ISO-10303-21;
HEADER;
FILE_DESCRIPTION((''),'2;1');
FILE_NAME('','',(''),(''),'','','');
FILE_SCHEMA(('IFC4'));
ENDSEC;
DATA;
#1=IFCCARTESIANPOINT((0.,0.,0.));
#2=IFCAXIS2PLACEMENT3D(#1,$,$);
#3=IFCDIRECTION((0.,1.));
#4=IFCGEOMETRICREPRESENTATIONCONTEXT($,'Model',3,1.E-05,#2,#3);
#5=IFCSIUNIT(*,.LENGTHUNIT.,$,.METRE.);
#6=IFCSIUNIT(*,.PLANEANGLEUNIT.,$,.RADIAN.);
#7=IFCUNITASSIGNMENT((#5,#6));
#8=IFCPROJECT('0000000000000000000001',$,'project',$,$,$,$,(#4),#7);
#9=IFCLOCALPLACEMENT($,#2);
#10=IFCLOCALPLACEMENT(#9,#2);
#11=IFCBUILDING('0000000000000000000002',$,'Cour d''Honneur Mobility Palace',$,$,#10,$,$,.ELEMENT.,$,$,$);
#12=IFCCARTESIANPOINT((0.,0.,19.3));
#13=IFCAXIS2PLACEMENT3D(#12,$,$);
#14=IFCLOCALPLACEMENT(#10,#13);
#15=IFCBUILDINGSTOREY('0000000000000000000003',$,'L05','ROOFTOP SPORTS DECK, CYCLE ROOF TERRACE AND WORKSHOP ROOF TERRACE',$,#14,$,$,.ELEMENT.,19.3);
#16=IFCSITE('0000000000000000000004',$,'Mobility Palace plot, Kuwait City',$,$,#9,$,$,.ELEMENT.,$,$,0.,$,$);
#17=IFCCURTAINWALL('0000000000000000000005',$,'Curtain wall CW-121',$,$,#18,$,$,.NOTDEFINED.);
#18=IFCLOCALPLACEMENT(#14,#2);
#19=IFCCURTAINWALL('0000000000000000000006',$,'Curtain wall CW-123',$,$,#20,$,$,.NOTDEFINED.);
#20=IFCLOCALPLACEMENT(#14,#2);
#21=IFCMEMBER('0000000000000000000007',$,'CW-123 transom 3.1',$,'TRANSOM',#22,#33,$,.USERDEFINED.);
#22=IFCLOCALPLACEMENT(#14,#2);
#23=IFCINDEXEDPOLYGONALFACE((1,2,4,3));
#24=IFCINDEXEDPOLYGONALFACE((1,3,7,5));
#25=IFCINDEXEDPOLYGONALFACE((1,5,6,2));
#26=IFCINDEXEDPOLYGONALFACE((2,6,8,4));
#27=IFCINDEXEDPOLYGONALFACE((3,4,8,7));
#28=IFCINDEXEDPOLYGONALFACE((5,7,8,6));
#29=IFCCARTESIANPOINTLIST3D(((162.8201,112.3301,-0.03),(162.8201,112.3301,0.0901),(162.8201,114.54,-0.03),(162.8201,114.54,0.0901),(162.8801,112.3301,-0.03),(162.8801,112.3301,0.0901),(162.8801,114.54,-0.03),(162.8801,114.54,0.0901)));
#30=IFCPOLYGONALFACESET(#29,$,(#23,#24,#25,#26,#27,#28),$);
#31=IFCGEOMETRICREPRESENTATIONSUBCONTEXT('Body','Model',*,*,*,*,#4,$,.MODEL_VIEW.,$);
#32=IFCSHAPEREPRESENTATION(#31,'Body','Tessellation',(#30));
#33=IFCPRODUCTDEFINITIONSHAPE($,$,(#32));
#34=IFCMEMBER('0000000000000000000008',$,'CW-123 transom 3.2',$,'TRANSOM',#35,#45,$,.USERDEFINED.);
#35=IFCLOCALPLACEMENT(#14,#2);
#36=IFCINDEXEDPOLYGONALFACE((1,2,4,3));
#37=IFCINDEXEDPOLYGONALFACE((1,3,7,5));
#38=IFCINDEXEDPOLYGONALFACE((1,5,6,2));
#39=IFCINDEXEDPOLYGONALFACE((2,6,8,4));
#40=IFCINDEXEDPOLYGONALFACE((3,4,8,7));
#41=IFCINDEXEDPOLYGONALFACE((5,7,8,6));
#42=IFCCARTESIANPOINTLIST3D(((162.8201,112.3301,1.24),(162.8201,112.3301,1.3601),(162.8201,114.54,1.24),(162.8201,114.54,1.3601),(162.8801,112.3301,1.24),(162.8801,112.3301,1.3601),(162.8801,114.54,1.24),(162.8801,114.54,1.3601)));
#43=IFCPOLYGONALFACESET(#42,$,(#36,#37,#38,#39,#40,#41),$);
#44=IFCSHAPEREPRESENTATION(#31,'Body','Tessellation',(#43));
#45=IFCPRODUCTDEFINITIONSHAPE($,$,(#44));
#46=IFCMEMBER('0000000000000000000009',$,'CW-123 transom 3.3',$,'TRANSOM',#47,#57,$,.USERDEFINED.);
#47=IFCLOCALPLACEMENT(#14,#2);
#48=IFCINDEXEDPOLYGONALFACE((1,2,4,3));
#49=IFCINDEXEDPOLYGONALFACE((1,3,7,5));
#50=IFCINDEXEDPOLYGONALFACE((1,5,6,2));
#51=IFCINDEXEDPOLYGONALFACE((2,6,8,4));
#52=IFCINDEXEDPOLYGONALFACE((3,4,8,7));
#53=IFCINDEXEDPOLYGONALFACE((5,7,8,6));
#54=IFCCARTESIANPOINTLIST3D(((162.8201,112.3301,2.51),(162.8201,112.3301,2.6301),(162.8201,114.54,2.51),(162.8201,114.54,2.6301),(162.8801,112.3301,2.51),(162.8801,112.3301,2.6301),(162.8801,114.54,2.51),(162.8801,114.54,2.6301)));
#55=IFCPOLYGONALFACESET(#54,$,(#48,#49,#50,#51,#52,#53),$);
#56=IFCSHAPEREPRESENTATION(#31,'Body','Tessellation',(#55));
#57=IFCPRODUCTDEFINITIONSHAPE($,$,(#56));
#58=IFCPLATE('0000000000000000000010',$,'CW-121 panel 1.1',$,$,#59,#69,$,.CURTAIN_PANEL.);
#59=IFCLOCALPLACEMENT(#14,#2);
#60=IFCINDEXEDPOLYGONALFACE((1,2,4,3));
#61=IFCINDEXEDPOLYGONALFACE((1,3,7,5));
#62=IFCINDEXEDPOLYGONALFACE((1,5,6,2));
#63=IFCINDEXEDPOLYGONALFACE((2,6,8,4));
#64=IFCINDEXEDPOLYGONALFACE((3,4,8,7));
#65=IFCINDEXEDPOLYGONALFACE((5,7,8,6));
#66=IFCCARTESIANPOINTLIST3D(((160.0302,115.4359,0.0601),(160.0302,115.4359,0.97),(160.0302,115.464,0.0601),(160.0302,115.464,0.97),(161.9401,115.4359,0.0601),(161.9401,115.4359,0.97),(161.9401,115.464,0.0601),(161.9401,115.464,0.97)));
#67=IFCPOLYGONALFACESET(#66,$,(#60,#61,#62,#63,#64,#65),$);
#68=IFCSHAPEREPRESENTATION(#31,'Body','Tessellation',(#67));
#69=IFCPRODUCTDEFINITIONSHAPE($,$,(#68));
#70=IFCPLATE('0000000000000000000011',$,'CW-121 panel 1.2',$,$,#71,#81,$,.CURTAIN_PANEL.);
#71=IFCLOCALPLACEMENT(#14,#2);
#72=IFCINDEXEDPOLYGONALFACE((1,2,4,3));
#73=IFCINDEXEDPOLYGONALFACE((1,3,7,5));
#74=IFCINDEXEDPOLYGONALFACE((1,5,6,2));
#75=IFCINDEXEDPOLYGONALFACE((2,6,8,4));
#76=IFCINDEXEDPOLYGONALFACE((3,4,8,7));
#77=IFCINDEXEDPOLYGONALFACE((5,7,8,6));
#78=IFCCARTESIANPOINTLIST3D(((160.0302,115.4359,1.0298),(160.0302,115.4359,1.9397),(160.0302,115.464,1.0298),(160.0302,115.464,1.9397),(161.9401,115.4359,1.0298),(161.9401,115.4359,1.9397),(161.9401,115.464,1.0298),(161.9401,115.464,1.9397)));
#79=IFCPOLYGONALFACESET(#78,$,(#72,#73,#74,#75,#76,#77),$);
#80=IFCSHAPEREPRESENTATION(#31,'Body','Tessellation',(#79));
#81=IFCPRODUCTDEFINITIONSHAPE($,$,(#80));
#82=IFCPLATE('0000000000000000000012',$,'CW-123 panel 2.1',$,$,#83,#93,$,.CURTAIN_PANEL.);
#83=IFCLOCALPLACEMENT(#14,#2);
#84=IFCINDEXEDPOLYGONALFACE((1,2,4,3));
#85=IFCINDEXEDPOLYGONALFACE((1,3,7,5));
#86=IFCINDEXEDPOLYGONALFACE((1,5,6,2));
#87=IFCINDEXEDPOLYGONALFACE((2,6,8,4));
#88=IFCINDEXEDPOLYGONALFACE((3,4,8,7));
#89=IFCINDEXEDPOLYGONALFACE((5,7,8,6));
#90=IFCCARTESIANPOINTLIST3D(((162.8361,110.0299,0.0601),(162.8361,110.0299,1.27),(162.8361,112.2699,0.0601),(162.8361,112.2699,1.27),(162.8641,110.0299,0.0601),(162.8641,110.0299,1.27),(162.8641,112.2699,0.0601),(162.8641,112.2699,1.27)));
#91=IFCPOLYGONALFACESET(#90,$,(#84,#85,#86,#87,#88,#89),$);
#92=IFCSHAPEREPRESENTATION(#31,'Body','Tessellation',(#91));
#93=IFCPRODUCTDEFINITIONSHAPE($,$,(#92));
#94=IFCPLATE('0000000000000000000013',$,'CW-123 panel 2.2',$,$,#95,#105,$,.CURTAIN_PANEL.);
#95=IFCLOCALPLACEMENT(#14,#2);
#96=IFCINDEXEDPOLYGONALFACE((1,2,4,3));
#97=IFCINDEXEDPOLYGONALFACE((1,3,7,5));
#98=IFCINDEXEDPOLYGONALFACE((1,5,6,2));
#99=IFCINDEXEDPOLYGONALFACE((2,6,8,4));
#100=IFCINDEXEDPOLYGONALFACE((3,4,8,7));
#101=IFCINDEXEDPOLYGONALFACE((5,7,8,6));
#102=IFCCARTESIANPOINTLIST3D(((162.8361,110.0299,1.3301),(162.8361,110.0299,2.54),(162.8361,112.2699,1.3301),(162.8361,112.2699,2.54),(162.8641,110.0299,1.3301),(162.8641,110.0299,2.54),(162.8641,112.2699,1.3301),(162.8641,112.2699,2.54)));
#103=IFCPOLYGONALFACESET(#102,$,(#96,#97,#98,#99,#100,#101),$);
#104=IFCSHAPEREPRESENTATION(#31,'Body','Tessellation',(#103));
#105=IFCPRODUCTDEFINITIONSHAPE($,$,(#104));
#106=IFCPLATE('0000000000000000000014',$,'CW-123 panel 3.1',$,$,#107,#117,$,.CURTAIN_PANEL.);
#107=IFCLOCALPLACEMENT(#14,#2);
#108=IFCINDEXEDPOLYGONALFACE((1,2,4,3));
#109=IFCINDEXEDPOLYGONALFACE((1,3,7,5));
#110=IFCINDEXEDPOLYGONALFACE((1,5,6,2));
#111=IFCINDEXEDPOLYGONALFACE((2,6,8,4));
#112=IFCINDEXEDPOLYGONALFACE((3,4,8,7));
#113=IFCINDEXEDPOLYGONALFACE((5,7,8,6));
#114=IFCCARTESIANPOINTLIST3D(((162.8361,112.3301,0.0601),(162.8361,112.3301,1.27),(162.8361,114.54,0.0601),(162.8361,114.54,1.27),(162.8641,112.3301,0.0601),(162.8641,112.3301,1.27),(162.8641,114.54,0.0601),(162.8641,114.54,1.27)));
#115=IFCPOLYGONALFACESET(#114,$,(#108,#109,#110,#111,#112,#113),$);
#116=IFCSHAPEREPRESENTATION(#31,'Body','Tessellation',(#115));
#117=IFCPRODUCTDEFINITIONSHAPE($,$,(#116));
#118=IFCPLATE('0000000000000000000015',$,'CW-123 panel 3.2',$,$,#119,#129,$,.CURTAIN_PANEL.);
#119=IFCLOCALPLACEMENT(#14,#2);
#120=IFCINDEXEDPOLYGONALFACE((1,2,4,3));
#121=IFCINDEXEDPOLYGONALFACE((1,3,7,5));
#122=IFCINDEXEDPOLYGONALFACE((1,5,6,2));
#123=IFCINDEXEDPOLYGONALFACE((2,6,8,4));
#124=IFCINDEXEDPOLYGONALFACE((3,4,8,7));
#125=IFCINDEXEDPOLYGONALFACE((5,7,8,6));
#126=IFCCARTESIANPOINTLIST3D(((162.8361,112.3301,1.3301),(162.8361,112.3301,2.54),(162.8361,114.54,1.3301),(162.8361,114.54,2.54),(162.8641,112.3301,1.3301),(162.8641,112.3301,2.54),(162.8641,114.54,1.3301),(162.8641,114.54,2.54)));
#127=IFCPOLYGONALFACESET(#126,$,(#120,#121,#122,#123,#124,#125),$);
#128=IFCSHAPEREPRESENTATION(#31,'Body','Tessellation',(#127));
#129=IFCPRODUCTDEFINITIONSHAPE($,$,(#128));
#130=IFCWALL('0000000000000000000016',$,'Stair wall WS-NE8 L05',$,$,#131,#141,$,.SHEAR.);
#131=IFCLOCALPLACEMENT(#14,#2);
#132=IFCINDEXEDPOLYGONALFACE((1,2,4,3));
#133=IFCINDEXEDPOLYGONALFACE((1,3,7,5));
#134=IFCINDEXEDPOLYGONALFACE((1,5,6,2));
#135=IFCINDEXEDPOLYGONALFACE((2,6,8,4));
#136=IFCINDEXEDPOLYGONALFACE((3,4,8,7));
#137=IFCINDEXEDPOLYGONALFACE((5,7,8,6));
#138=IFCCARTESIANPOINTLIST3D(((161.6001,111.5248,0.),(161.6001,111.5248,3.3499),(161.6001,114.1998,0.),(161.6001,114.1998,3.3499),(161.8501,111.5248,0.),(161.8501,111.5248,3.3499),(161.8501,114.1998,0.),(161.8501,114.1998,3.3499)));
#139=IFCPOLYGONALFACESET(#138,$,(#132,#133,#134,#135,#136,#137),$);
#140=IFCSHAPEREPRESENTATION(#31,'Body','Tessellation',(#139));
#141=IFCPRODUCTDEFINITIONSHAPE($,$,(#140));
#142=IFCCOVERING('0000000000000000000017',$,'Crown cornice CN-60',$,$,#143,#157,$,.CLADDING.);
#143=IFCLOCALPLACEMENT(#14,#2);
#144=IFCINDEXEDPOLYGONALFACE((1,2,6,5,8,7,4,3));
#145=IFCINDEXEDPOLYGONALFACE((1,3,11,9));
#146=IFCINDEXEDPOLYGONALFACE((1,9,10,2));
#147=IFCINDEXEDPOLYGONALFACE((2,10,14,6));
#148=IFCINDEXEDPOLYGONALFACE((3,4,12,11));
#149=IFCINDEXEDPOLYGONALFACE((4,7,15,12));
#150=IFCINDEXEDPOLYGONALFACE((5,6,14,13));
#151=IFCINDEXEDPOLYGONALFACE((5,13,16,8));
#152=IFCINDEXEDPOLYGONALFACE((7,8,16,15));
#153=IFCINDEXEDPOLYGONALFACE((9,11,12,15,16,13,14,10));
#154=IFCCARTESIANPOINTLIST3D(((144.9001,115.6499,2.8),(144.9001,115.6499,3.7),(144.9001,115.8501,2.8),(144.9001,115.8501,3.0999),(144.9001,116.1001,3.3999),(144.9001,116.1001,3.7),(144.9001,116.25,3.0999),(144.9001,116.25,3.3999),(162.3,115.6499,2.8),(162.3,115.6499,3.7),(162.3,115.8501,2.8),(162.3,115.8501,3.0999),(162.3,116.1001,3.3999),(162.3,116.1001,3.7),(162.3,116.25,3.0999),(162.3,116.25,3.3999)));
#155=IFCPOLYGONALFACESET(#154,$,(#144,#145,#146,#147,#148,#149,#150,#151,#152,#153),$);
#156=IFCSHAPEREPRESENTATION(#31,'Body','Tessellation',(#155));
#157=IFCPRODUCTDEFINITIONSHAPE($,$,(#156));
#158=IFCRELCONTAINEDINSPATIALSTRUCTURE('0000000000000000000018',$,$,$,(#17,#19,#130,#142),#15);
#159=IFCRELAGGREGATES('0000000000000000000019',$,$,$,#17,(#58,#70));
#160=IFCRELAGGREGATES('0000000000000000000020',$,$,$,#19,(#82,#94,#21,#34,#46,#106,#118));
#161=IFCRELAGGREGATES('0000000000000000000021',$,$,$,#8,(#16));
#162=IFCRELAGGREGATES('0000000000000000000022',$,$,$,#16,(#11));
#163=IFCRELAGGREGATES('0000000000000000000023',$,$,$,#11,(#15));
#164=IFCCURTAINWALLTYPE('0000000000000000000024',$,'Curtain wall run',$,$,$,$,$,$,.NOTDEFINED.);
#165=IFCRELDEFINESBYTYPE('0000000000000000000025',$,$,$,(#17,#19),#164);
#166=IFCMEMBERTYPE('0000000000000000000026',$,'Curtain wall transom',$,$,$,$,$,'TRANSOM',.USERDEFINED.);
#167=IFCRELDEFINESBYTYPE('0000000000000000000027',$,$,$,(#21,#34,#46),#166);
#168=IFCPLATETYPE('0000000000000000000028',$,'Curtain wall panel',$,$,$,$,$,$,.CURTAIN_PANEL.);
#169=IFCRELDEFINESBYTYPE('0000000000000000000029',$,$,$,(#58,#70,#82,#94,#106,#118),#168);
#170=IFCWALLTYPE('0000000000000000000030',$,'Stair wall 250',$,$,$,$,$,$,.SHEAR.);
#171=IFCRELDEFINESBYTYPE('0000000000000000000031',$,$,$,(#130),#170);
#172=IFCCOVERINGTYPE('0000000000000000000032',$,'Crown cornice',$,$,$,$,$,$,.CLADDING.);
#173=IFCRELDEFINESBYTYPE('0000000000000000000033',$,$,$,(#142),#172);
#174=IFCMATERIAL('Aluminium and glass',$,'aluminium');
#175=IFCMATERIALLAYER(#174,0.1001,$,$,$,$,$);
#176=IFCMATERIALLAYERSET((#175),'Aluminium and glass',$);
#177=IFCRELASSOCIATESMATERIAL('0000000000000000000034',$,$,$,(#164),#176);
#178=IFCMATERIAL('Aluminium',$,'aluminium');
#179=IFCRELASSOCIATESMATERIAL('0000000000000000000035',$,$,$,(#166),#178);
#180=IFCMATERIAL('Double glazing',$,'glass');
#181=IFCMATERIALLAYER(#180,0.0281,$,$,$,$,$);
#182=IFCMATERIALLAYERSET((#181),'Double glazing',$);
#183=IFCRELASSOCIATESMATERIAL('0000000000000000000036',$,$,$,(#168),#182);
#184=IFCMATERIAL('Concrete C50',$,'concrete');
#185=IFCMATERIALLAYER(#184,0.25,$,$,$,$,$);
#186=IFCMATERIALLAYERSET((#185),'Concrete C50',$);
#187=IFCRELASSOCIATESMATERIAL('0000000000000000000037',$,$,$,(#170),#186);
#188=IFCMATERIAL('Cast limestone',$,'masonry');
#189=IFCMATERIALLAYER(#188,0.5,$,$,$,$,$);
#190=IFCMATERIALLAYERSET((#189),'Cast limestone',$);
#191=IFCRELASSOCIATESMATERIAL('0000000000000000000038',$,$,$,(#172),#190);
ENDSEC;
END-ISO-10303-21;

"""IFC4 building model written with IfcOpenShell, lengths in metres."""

from ifc_helpers import new_model, si_unit, direction, frame, frame_2d, origin, origin_2d, place, context, subcontext, project, spatial, polyline, rectangle, outline, extrude, material, layer, layer_set, material_profile, profile_set, type_object, element, aggregate, save


model = new_model("IFC4")

# Units and contexts
model_context = context("Model", 3, precision=1e-05, world=origin(), true_north=direction((0.0, 1.0)))
body_context = subcontext(model_context, "Body", "Model", "MODEL_VIEW")
ifc_project = project(units=[si_unit("LENGTHUNIT", "METRE"), si_unit("PLANEANGLEUNIT", "RADIAN")], contexts=[model_context])

# Site, building, storey
site_placement = place(None, origin())
site = spatial("IfcSite", under=ifc_project, at=site_placement, Name="Mobility Palace plot, Kuwait City", CompositionType="ELEMENT", RefElevation=0.0)
building_placement = place(site_placement, origin())
building = spatial("IfcBuilding", under=site, at=building_placement, Name="Cour d'Honneur Mobility Palace", CompositionType="ELEMENT")
storey_placement = place(building_placement, frame((0.0, 0.0, 19.3)))
storey = spatial("IfcBuildingStorey", under=building, at=storey_placement, Name="L05", Description="ROOFTOP SPORTS DECK, CYCLE ROOF TERRACE AND WORKSHOP ROOF TERRACE", CompositionType="ELEMENT", Elevation=19.3)

# Curtain walls
ifc_material_1 = material(Name="Aluminium and glass", Category="aluminium")
ifc_layer_1 = layer(ifc_material_1, 0.1001)
ifc_layer_set_1 = layer_set([ifc_layer_1], Name="Aluminium and glass")
curtain_wall_type = type_object("IfcCurtainWallType", Name="Curtain wall run", PredefinedType="NOTDEFINED", material=ifc_layer_set_1)
curtain_wall_1_placement = place(storey_placement, origin())
curtain_wall_1 = element("IfcCurtainWall", 1, at=curtain_wall_1_placement, inside=storey, type_object=curtain_wall_type, Name="Curtain wall CW-121", PredefinedType="NOTDEFINED")
curtain_wall_2_placement = place(storey_placement, origin())
curtain_wall_2 = element("IfcCurtainWall", 2, at=curtain_wall_2_placement, inside=storey, type_object=curtain_wall_type, Name="Curtain wall CW-123", PredefinedType="NOTDEFINED")

# Members
ifc_material_2 = material(Name="Aluminium", Category="aluminium")
ifc_material_profile_1 = material_profile(ifc_material_2, rectangle(XDim=0.0601, YDim=0.1201, at=origin_2d()), Name="Curtain wall transom")
ifc_profile_set_1 = profile_set([ifc_material_profile_1], Name="Aluminium")
member_type_1 = type_object("IfcMemberType", Name="Curtain wall transom", ElementType="TRANSOM", PredefinedType="USERDEFINED", material=ifc_profile_set_1)
member_1_placement = place(storey_placement, frame((162.8501, 112.3301, 0.03), z_axis=(0.0, 1.0, 0.0), x_axis=(-1.0, 0.0, 0.0)))
member_1 = element("IfcMember", 3, at=member_1_placement, type_object=member_type_1, Name="CW-123 transom 3.1", ObjectType="TRANSOM", PredefinedType="USERDEFINED", context=body_context, shape_type="SweptSolid", body=[
    extrude(rectangle(XDim=0.0601, YDim=0.1201, at=origin_2d()), origin(), (0.0, 0.0, 1.0), 2.21),
])
member_2_placement = place(storey_placement, frame((162.8501, 112.3301, 1.3), z_axis=(0.0, 1.0, 0.0), x_axis=(-1.0, 0.0, 0.0)))
member_2 = element("IfcMember", 4, at=member_2_placement, type_object=member_type_1, Name="CW-123 transom 3.2", ObjectType="TRANSOM", PredefinedType="USERDEFINED", context=body_context, shape_type="SweptSolid", body=[
    extrude(rectangle(XDim=0.0601, YDim=0.1201, at=origin_2d()), origin(), (0.0, 0.0, 1.0), 2.21),
])
member_3_placement = place(storey_placement, frame((162.8501, 112.3301, 2.5701), z_axis=(0.0, 1.0, 0.0), x_axis=(-1.0, 0.0, 0.0)))
member_3 = element("IfcMember", 5, at=member_3_placement, type_object=member_type_1, Name="CW-123 transom 3.3", ObjectType="TRANSOM", PredefinedType="USERDEFINED", context=body_context, shape_type="SweptSolid", body=[
    extrude(rectangle(XDim=0.0601, YDim=0.1201, at=origin_2d()), origin(), (0.0, 0.0, 1.0), 2.21),
])

# Plates
ifc_material_3 = material(Name="Double glazing", Category="glass")
ifc_layer_2 = layer(ifc_material_3, 0.0281)
ifc_layer_set_2 = layer_set([ifc_layer_2], Name="Double glazing")
plate_type = type_object("IfcPlateType", Name="Curtain wall panel", PredefinedType="CURTAIN_PANEL", material=ifc_layer_set_2)
plate_1_placement = place(storey_placement, frame((160.9851, 115.45, 0.0601), z_axis=(0.0, 0.0, 1.0), x_axis=(-1.0, 0.0, 0.0)))
plate_1 = element("IfcPlate", 6, at=plate_1_placement, type_object=plate_type, Name="CW-121 panel 1.1", PredefinedType="CURTAIN_PANEL", context=body_context, shape_type="SweptSolid", body=[
    extrude(rectangle(XDim=1.9099, YDim=0.0281, at=origin_2d()), origin(), (0.0, 0.0, 1.0), 0.9099),
])
plate_2_placement = place(storey_placement, frame((160.9851, 115.45, 1.0298), z_axis=(0.0, 0.0, 1.0), x_axis=(-1.0, 0.0, 0.0)))
plate_2 = element("IfcPlate", 7, at=plate_2_placement, type_object=plate_type, Name="CW-121 panel 1.2", PredefinedType="CURTAIN_PANEL", context=body_context, shape_type="SweptSolid", body=[
    extrude(rectangle(XDim=1.9099, YDim=0.0281, at=origin_2d()), origin(), (0.0, 0.0, 1.0), 0.9099),
])
aggregate(curtain_wall_1, [plate_1, plate_2])
plate_3_placement = place(storey_placement, frame((162.8501, 111.1499, 0.0601), z_axis=(0.0, 0.0, 1.0), x_axis=(0.0, 1.0, 0.0)))
plate_3 = element("IfcPlate", 8, at=plate_3_placement, type_object=plate_type, Name="CW-123 panel 2.1", PredefinedType="CURTAIN_PANEL", context=body_context, shape_type="SweptSolid", body=[
    extrude(rectangle(XDim=2.24, YDim=0.0281, at=origin_2d()), origin(), (0.0, 0.0, 1.0), 1.21),
])
plate_4_placement = place(storey_placement, frame((162.8501, 111.1499, 1.3301), z_axis=(0.0, 0.0, 1.0), x_axis=(0.0, 1.0, 0.0)))
plate_4 = element("IfcPlate", 9, at=plate_4_placement, type_object=plate_type, Name="CW-123 panel 2.2", PredefinedType="CURTAIN_PANEL", context=body_context, shape_type="SweptSolid", body=[
    extrude(rectangle(XDim=2.24, YDim=0.0281, at=origin_2d()), origin(), (0.0, 0.0, 1.0), 1.21),
])
plate_5_placement = place(storey_placement, frame((162.8501, 113.4351, 0.0601), z_axis=(0.0, 0.0, 1.0), x_axis=(0.0, 1.0, 0.0)))
plate_5 = element("IfcPlate", 10, at=plate_5_placement, type_object=plate_type, Name="CW-123 panel 3.1", PredefinedType="CURTAIN_PANEL", context=body_context, shape_type="SweptSolid", body=[
    extrude(rectangle(XDim=2.21, YDim=0.0281, at=origin_2d()), origin(), (0.0, 0.0, 1.0), 1.21),
])
plate_6_placement = place(storey_placement, frame((162.8501, 113.4351, 1.3301), z_axis=(0.0, 0.0, 1.0), x_axis=(0.0, 1.0, 0.0)))
plate_6 = element("IfcPlate", 11, at=plate_6_placement, type_object=plate_type, Name="CW-123 panel 3.2", PredefinedType="CURTAIN_PANEL", context=body_context, shape_type="SweptSolid", body=[
    extrude(rectangle(XDim=2.21, YDim=0.0281, at=origin_2d()), origin(), (0.0, 0.0, 1.0), 1.21),
])
aggregate(curtain_wall_2, [plate_3, plate_4, member_1, member_2, member_3, plate_5, plate_6])

# Wall
ifc_material_4 = material(Name="Concrete C50", Category="concrete")
ifc_layer_3 = layer(ifc_material_4, 0.25)
ifc_layer_set_3 = layer_set([ifc_layer_3], Name="Concrete C50")
wall_type = type_object("IfcWallType", Name="Stair wall 250", PredefinedType="SHEAR", material=ifc_layer_set_3)
wall_placement = place(storey_placement, frame((161.7251, 111.5249, 0.0), z_axis=(0.0, 0.0, 1.0), x_axis=(0.0, 1.0, 0.0)))
element("IfcWall", 12, at=wall_placement, inside=storey, type_object=wall_type, Name="Stair wall WS-NE8 L05", PredefinedType="SHEAR", context=body_context, shape_type="SweptSolid", body=[
    extrude(rectangle(XDim=2.675, YDim=0.25, at=frame_2d((1.3374, 0.0))), origin(), (0.0, 0.0, 1.0), 3.3499),
])

# Covering
ifc_material_5 = material(Name="Cast limestone", Category="masonry")
ifc_layer_4 = layer(ifc_material_5, 0.5)
ifc_layer_set_4 = layer_set([ifc_layer_4], Name="Cast limestone")
covering_type = type_object("IfcCoveringType", Name="Crown cornice", PredefinedType="CLADDING", material=ifc_layer_set_4)
covering_placement = place(storey_placement, frame((162.3, 115.6499, 2.8), z_axis=(1.0, 0.0, 0.0), x_axis=(0.0, 1.0, 0.0)))
element("IfcCovering", 13, at=covering_placement, inside=storey, type_object=covering_type, Name="Crown cornice CN-60", PredefinedType="CLADDING", context=body_context, shape_type="SweptSolid", body=[
    extrude(outline(polyline([(0.0, 0.0), (0.2002, 0.0), (0.2002, 0.2998), (0.6001, 0.2998), (0.6001, 0.5999), (0.4502, 0.5999), (0.4502, 0.8999), (0.0, 0.8999), (0.0, 0.0)])), origin(), (0.0, 0.0, -1.0), 17.3999),
])

save(model, "model.ifc")
